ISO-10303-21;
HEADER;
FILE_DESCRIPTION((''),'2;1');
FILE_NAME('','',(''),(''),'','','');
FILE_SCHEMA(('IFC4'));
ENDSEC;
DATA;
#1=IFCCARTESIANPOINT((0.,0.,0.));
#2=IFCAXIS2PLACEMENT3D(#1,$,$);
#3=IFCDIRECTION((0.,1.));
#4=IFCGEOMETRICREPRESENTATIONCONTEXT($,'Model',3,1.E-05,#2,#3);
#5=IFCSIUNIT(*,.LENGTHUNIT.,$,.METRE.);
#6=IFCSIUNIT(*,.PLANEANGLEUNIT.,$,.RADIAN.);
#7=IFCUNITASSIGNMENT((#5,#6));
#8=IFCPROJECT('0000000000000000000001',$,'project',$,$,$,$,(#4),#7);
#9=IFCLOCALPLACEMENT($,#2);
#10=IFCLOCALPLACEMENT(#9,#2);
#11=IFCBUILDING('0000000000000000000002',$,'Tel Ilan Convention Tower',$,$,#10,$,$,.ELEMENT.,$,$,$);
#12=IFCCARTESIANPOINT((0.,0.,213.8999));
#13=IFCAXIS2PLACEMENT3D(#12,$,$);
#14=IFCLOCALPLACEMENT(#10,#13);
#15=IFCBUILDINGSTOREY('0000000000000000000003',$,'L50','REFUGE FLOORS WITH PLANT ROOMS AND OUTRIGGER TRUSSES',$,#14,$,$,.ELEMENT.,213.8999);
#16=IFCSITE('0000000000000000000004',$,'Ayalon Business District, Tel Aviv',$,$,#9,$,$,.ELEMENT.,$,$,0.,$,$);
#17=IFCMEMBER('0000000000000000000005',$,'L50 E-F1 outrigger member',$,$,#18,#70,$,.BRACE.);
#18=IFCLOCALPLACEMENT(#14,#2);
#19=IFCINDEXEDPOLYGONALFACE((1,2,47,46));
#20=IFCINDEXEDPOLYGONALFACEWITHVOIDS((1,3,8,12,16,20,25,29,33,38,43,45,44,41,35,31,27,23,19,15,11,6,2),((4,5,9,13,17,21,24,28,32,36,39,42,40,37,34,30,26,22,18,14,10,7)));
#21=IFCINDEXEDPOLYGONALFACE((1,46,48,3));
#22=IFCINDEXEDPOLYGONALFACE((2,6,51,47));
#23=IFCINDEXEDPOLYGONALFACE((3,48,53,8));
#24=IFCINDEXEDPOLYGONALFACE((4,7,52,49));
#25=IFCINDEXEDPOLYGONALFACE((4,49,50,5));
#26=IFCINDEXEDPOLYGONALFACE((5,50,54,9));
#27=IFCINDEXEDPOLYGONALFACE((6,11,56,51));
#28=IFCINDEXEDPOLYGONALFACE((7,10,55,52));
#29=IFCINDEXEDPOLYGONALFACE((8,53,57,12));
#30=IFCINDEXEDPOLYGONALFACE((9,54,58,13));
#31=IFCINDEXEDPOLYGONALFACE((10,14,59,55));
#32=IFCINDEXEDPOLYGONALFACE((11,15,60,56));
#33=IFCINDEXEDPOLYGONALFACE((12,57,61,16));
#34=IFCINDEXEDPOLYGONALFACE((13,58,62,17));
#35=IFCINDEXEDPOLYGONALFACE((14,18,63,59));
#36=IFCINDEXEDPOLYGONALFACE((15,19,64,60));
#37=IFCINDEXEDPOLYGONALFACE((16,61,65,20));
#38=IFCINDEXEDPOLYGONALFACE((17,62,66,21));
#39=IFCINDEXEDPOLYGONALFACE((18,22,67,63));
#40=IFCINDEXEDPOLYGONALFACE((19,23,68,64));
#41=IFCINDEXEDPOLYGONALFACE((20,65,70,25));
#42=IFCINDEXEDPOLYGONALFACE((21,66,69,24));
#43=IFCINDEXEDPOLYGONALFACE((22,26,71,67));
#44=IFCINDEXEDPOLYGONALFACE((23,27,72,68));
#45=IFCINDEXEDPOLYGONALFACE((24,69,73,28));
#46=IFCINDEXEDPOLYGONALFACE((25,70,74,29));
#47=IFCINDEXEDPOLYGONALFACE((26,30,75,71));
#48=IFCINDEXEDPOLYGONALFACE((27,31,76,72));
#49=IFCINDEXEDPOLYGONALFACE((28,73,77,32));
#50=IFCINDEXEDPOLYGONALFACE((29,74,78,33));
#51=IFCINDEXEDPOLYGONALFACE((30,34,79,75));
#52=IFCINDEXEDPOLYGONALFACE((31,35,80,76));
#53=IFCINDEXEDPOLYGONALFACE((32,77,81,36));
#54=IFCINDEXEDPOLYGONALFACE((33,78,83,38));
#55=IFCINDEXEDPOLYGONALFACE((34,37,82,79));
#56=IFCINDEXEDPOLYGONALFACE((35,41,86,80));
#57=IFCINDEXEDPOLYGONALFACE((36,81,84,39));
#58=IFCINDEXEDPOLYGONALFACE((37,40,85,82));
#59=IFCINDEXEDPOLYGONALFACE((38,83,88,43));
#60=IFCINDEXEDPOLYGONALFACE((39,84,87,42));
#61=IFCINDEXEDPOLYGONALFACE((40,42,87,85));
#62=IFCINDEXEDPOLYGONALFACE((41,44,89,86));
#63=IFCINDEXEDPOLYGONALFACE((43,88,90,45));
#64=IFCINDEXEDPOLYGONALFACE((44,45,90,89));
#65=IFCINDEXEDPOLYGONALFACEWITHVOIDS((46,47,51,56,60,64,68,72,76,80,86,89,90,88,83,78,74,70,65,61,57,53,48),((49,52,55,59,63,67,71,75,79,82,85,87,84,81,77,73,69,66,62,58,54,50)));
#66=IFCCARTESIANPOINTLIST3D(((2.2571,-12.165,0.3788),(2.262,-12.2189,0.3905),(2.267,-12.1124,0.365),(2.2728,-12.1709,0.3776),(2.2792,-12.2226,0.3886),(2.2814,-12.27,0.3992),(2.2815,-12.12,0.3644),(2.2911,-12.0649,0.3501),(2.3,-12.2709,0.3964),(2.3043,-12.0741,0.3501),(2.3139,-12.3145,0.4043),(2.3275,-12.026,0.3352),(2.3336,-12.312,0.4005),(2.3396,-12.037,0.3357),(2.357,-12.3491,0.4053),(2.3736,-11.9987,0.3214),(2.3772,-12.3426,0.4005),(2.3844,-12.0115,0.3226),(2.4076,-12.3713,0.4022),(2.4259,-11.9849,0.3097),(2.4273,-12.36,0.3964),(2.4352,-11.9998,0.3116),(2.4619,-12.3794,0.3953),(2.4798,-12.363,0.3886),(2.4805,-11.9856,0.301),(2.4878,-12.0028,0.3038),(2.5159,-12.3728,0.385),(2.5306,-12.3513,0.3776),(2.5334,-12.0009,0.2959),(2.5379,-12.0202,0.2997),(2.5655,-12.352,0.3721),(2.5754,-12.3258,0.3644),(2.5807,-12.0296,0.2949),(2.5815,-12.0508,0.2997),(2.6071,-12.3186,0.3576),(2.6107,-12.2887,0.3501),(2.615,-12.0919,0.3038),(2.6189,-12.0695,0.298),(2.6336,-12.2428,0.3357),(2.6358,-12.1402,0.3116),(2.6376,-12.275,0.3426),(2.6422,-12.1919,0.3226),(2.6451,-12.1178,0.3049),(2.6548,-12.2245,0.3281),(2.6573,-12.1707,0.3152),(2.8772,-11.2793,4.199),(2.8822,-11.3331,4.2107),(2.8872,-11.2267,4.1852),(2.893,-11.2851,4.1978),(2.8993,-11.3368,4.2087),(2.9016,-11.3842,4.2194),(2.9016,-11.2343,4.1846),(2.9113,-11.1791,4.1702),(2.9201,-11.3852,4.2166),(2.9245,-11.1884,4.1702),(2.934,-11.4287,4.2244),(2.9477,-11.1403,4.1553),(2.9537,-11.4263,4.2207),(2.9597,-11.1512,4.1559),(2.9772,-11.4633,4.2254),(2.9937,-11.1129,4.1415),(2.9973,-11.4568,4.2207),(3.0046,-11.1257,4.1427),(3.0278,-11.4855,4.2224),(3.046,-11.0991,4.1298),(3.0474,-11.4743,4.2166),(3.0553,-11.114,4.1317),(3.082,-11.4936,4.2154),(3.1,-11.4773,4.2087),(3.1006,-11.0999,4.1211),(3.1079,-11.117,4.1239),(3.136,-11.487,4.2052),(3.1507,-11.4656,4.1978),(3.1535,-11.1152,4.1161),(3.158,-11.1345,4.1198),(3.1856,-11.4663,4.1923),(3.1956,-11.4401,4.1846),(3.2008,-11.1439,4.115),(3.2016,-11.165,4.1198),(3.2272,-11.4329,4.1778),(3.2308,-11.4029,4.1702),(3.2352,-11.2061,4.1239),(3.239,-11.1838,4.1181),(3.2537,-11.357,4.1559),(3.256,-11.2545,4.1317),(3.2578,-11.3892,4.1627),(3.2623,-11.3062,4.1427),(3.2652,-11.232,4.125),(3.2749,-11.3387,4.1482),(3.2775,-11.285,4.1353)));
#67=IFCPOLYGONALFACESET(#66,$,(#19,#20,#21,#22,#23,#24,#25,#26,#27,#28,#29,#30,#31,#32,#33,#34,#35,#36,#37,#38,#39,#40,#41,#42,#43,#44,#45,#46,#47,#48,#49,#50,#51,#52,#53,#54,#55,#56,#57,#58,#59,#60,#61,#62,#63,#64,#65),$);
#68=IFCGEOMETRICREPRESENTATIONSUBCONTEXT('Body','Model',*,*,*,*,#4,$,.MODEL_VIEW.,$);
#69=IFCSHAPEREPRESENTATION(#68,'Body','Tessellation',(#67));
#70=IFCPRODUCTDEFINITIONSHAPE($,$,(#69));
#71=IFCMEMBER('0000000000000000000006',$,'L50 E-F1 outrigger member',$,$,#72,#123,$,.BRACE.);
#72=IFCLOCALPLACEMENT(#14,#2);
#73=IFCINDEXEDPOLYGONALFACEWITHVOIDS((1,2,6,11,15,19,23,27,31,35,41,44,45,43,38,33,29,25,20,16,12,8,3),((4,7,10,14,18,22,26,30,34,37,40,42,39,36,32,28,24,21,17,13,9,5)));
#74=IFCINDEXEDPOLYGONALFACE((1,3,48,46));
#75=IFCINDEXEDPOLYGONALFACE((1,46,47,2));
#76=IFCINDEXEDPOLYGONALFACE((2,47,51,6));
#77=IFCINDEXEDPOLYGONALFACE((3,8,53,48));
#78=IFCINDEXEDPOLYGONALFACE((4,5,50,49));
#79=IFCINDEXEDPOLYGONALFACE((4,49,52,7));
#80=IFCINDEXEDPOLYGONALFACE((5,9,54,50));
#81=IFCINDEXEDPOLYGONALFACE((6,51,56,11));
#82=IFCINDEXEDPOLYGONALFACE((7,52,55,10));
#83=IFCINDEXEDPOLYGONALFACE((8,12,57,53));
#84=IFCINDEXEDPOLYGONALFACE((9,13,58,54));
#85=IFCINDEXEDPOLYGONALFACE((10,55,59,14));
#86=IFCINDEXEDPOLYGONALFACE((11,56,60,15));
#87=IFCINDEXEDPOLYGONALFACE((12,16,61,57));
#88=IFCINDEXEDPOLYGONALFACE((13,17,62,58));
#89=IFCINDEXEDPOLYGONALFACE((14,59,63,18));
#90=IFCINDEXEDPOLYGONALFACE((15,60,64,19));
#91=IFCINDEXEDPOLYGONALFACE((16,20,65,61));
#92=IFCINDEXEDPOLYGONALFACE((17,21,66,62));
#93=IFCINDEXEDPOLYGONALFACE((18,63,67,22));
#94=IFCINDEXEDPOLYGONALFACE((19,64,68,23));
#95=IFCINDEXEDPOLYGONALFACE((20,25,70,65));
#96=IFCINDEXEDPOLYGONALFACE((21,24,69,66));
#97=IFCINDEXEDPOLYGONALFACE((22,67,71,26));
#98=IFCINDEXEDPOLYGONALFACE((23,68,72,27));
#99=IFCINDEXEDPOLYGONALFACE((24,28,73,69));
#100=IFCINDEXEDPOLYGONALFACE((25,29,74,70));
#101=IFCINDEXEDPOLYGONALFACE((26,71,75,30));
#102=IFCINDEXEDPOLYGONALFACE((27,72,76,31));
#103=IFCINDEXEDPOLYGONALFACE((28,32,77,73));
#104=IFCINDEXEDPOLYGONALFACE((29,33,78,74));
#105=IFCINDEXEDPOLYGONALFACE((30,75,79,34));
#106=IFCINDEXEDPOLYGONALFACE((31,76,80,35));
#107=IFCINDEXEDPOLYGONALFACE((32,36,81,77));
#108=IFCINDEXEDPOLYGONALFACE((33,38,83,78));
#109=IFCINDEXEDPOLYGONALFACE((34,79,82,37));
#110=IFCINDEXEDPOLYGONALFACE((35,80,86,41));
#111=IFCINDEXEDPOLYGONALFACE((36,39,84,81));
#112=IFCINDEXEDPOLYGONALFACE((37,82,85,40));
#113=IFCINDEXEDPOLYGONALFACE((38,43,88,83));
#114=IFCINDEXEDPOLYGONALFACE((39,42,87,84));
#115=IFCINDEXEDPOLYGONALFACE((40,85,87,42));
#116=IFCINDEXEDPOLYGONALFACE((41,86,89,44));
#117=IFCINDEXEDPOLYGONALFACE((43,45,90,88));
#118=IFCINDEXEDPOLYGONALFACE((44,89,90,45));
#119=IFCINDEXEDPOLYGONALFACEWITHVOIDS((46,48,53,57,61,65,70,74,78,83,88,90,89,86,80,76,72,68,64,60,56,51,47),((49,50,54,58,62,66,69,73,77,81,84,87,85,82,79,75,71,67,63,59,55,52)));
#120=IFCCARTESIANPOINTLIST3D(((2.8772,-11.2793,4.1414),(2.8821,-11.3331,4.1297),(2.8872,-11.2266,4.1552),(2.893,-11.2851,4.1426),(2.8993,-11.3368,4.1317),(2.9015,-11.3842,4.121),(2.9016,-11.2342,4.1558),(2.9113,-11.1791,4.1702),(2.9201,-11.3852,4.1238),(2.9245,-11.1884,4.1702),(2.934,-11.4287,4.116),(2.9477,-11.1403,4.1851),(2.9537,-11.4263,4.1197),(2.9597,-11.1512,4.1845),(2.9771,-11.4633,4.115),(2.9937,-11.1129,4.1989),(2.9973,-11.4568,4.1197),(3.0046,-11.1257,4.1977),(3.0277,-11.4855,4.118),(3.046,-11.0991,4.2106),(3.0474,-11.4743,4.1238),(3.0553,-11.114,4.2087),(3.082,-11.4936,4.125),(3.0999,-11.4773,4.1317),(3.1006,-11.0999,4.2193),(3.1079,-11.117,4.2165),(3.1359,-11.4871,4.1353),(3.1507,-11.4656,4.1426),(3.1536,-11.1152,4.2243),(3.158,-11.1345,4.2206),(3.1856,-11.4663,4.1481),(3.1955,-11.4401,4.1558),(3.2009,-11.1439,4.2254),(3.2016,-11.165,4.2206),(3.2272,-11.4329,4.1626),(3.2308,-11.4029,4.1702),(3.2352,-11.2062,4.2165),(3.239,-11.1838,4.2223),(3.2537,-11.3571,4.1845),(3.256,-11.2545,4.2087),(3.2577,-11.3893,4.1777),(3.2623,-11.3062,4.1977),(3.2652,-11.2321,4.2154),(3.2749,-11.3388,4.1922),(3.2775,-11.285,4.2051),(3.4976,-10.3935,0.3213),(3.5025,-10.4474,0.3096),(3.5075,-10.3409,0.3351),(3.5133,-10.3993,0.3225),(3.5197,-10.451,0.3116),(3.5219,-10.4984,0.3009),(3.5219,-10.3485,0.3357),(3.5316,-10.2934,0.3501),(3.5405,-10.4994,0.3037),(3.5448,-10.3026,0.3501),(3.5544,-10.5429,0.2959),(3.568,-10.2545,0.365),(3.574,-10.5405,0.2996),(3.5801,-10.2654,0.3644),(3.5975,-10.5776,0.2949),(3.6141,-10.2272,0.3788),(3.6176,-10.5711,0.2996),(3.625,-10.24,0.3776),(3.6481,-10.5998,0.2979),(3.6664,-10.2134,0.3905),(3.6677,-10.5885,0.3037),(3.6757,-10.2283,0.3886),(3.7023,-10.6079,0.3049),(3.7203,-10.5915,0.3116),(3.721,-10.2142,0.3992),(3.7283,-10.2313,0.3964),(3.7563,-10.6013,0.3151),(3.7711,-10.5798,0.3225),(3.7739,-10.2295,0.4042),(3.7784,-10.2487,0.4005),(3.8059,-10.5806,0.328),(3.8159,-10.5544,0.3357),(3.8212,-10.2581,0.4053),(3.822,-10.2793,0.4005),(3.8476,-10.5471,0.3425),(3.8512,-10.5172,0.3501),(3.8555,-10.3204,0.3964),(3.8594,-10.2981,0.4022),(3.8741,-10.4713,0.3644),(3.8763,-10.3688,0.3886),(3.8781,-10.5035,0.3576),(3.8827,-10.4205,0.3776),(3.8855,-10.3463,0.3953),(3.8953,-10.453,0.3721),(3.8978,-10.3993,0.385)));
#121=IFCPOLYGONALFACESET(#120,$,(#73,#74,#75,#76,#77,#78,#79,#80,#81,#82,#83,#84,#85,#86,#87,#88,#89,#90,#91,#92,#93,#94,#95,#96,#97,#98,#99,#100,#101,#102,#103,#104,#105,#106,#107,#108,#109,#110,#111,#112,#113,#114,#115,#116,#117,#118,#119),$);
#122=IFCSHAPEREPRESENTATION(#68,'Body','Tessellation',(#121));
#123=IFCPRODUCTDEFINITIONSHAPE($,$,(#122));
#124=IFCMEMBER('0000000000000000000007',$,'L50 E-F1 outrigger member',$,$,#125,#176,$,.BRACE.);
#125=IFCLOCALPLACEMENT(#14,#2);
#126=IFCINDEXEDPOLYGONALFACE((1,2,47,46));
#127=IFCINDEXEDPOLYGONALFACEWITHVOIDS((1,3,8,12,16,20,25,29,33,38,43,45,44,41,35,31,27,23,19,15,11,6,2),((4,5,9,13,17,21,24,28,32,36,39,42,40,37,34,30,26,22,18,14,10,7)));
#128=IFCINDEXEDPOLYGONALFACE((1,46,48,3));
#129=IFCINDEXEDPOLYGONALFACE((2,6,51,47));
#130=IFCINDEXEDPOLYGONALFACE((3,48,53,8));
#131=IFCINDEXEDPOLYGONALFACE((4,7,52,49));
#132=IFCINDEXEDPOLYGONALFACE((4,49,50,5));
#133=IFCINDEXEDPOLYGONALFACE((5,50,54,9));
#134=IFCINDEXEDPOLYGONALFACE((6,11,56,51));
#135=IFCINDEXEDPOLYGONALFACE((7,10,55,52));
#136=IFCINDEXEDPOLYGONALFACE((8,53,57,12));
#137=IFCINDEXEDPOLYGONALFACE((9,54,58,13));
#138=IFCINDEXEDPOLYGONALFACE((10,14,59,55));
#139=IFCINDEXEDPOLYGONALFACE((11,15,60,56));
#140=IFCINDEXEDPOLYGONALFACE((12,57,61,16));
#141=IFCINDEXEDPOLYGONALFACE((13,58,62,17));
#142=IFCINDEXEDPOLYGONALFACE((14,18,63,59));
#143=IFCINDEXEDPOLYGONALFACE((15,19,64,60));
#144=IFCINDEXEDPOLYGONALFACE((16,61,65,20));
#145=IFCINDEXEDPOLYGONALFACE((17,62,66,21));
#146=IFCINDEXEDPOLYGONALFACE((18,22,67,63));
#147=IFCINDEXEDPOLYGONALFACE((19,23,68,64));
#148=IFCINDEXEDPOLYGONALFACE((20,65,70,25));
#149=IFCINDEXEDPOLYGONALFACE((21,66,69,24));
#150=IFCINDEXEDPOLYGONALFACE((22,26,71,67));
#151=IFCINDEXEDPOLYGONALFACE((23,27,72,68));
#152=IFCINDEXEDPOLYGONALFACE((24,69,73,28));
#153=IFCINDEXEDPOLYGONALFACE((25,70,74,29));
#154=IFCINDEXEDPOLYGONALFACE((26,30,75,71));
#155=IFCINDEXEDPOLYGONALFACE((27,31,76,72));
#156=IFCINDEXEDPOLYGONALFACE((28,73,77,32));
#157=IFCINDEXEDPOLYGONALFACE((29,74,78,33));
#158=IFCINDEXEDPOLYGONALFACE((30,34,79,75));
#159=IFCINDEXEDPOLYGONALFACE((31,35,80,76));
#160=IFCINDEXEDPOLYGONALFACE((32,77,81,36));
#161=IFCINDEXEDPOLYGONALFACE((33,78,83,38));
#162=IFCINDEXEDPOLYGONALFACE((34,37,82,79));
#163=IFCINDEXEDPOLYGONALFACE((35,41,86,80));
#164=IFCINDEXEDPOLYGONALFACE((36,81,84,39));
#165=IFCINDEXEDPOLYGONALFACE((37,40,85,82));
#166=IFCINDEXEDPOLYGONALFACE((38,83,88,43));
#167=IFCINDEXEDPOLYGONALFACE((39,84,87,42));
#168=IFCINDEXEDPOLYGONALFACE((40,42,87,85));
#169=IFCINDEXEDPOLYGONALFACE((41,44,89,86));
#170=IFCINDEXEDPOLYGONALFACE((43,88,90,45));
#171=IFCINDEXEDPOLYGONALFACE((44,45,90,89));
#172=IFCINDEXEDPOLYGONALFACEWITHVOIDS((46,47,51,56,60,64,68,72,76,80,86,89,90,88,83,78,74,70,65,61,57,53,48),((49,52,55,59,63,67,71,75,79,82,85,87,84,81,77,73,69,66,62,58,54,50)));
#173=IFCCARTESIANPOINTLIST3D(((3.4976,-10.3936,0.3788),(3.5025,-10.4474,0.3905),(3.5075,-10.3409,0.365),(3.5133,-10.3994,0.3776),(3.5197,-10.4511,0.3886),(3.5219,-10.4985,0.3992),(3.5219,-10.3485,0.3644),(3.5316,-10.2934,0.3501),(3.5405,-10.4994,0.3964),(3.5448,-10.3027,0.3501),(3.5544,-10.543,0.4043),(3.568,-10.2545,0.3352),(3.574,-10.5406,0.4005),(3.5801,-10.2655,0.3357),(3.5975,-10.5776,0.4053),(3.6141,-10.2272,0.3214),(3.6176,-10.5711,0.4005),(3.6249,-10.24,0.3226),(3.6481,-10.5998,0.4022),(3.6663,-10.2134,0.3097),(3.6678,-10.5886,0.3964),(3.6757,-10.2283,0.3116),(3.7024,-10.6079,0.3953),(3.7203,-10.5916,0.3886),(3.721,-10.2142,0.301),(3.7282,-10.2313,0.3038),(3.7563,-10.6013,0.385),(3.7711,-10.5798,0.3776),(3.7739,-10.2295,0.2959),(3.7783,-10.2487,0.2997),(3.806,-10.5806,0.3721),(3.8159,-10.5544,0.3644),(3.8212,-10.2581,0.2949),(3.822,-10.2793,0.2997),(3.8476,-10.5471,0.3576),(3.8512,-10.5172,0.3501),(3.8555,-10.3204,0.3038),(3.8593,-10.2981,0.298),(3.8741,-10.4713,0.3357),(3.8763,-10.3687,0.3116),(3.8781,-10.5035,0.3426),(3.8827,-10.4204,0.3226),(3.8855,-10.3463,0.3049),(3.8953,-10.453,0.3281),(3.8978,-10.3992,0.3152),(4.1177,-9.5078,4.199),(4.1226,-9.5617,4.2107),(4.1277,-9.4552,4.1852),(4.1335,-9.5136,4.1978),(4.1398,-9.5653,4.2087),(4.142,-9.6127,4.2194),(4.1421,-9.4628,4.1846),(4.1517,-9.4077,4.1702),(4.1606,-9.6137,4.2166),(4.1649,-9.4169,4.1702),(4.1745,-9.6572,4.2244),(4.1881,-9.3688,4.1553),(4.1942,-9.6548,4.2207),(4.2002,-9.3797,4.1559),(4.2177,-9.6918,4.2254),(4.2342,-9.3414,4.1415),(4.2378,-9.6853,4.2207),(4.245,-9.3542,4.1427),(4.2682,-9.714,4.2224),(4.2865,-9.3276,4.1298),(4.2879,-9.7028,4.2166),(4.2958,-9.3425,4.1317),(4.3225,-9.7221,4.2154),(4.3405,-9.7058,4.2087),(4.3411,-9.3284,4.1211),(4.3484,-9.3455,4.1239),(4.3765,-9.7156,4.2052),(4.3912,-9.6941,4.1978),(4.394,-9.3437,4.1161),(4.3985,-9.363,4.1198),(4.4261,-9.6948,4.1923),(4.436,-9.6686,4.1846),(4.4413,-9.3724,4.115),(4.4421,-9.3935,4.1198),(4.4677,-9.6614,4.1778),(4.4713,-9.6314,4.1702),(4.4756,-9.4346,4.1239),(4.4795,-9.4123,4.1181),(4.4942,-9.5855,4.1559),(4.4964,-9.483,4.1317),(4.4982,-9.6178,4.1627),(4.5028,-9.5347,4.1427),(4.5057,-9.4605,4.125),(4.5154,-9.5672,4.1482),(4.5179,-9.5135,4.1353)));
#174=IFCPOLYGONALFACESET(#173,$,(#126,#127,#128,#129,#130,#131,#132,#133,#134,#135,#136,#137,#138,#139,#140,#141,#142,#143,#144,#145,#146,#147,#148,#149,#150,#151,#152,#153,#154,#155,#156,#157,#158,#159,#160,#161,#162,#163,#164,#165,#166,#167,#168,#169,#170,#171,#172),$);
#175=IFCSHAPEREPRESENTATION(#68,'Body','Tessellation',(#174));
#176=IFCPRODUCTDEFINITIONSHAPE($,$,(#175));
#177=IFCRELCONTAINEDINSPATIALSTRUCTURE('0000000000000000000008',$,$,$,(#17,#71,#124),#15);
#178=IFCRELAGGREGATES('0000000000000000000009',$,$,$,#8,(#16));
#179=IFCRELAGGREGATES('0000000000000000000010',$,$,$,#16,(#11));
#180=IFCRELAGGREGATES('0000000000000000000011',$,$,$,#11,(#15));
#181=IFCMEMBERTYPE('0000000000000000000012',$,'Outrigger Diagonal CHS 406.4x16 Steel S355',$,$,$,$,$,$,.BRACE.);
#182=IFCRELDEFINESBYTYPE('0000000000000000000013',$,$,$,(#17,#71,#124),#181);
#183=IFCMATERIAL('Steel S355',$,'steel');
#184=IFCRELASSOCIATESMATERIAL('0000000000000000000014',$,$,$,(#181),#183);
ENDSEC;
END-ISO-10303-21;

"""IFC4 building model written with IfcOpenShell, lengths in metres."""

from ifc_helpers import new_model, si_unit, direction, frame, origin, origin_2d, place, context, subcontext, project, spatial, hollow_circle, extrude, material, material_profile, profile_set, type_object, element, save


model = new_model("IFC4")

# Units and contexts
model_context = context("Model", 3, precision=1e-05, world=origin(), true_north=direction((0.0, 1.0)))
body_context = subcontext(model_context, "Body", "Model", "MODEL_VIEW")
ifc_project = project(units=[si_unit("LENGTHUNIT", "METRE"), si_unit("PLANEANGLEUNIT", "RADIAN")], contexts=[model_context])

# Site, building, storey
site_placement = place(None, origin())
site = spatial("IfcSite", under=ifc_project, at=site_placement, Name="Ayalon Business District, Tel Aviv", CompositionType="ELEMENT", RefElevation=0.0)
building_placement = place(site_placement, origin())
building = spatial("IfcBuilding", under=site, at=building_placement, Name="Tel Ilan Convention Tower", CompositionType="ELEMENT")
storey_placement = place(building_placement, frame((0.0, 0.0, 213.8999)))
storey = spatial("IfcBuildingStorey", under=building, at=storey_placement, Name="L50", Description="REFUGE FLOORS WITH PLANT ROOMS AND OUTRIGGER TRUSSES", CompositionType="ELEMENT", Elevation=213.8999)

# Members
ifc_material_1 = material(Name="Steel S355", Category="steel")
ifc_material_profile_1 = material_profile(ifc_material_1, hollow_circle(Radius=0.2031, WallThickness=0.0161, at=origin_2d()), Name="CHS 406.4x16")
ifc_profile_set_1 = profile_set([ifc_material_profile_1], Name="Steel S355")
member_type_1 = type_object("IfcMemberType", Name="Outrigger Diagonal CHS 406.4x16 Steel S355", PredefinedType="BRACE", material=ifc_profile_set_1)
for number, where, z_axis, x_axis, name in (
    (1, (2.4575, -12.1814, 0.3501), (0.156195, 0.223101, 0.9622), (-0.819189, 0.573523, 0.0), "L50 E-F1 outrigger member"),
    (2, (3.0776, -11.2957, 4.1702), (0.156255, 0.223099, -0.962191), (-0.819083, 0.573674, 0.0), "L50 E-F1 outrigger member"),
    (3, (3.698, -10.4099, 0.3501), (0.156195, 0.223101, 0.9622), (-0.819189, 0.573523, 0.0), "L50 E-F1 outrigger member"),
):
    element("IfcMember", number, at=place(storey_placement, frame(where, z_axis=z_axis, x_axis=x_axis)), inside=storey, type_object=member_type_1, Name=name, PredefinedType="BRACE", context=body_context, shape_type="SweptSolid", body=[
        extrude(hollow_circle(Radius=0.2031, WallThickness=0.0161, at=origin_2d()), origin(), (0.0, 0.0, 1.0), 3.9702),
    ])

save(model, "model.ifc")
